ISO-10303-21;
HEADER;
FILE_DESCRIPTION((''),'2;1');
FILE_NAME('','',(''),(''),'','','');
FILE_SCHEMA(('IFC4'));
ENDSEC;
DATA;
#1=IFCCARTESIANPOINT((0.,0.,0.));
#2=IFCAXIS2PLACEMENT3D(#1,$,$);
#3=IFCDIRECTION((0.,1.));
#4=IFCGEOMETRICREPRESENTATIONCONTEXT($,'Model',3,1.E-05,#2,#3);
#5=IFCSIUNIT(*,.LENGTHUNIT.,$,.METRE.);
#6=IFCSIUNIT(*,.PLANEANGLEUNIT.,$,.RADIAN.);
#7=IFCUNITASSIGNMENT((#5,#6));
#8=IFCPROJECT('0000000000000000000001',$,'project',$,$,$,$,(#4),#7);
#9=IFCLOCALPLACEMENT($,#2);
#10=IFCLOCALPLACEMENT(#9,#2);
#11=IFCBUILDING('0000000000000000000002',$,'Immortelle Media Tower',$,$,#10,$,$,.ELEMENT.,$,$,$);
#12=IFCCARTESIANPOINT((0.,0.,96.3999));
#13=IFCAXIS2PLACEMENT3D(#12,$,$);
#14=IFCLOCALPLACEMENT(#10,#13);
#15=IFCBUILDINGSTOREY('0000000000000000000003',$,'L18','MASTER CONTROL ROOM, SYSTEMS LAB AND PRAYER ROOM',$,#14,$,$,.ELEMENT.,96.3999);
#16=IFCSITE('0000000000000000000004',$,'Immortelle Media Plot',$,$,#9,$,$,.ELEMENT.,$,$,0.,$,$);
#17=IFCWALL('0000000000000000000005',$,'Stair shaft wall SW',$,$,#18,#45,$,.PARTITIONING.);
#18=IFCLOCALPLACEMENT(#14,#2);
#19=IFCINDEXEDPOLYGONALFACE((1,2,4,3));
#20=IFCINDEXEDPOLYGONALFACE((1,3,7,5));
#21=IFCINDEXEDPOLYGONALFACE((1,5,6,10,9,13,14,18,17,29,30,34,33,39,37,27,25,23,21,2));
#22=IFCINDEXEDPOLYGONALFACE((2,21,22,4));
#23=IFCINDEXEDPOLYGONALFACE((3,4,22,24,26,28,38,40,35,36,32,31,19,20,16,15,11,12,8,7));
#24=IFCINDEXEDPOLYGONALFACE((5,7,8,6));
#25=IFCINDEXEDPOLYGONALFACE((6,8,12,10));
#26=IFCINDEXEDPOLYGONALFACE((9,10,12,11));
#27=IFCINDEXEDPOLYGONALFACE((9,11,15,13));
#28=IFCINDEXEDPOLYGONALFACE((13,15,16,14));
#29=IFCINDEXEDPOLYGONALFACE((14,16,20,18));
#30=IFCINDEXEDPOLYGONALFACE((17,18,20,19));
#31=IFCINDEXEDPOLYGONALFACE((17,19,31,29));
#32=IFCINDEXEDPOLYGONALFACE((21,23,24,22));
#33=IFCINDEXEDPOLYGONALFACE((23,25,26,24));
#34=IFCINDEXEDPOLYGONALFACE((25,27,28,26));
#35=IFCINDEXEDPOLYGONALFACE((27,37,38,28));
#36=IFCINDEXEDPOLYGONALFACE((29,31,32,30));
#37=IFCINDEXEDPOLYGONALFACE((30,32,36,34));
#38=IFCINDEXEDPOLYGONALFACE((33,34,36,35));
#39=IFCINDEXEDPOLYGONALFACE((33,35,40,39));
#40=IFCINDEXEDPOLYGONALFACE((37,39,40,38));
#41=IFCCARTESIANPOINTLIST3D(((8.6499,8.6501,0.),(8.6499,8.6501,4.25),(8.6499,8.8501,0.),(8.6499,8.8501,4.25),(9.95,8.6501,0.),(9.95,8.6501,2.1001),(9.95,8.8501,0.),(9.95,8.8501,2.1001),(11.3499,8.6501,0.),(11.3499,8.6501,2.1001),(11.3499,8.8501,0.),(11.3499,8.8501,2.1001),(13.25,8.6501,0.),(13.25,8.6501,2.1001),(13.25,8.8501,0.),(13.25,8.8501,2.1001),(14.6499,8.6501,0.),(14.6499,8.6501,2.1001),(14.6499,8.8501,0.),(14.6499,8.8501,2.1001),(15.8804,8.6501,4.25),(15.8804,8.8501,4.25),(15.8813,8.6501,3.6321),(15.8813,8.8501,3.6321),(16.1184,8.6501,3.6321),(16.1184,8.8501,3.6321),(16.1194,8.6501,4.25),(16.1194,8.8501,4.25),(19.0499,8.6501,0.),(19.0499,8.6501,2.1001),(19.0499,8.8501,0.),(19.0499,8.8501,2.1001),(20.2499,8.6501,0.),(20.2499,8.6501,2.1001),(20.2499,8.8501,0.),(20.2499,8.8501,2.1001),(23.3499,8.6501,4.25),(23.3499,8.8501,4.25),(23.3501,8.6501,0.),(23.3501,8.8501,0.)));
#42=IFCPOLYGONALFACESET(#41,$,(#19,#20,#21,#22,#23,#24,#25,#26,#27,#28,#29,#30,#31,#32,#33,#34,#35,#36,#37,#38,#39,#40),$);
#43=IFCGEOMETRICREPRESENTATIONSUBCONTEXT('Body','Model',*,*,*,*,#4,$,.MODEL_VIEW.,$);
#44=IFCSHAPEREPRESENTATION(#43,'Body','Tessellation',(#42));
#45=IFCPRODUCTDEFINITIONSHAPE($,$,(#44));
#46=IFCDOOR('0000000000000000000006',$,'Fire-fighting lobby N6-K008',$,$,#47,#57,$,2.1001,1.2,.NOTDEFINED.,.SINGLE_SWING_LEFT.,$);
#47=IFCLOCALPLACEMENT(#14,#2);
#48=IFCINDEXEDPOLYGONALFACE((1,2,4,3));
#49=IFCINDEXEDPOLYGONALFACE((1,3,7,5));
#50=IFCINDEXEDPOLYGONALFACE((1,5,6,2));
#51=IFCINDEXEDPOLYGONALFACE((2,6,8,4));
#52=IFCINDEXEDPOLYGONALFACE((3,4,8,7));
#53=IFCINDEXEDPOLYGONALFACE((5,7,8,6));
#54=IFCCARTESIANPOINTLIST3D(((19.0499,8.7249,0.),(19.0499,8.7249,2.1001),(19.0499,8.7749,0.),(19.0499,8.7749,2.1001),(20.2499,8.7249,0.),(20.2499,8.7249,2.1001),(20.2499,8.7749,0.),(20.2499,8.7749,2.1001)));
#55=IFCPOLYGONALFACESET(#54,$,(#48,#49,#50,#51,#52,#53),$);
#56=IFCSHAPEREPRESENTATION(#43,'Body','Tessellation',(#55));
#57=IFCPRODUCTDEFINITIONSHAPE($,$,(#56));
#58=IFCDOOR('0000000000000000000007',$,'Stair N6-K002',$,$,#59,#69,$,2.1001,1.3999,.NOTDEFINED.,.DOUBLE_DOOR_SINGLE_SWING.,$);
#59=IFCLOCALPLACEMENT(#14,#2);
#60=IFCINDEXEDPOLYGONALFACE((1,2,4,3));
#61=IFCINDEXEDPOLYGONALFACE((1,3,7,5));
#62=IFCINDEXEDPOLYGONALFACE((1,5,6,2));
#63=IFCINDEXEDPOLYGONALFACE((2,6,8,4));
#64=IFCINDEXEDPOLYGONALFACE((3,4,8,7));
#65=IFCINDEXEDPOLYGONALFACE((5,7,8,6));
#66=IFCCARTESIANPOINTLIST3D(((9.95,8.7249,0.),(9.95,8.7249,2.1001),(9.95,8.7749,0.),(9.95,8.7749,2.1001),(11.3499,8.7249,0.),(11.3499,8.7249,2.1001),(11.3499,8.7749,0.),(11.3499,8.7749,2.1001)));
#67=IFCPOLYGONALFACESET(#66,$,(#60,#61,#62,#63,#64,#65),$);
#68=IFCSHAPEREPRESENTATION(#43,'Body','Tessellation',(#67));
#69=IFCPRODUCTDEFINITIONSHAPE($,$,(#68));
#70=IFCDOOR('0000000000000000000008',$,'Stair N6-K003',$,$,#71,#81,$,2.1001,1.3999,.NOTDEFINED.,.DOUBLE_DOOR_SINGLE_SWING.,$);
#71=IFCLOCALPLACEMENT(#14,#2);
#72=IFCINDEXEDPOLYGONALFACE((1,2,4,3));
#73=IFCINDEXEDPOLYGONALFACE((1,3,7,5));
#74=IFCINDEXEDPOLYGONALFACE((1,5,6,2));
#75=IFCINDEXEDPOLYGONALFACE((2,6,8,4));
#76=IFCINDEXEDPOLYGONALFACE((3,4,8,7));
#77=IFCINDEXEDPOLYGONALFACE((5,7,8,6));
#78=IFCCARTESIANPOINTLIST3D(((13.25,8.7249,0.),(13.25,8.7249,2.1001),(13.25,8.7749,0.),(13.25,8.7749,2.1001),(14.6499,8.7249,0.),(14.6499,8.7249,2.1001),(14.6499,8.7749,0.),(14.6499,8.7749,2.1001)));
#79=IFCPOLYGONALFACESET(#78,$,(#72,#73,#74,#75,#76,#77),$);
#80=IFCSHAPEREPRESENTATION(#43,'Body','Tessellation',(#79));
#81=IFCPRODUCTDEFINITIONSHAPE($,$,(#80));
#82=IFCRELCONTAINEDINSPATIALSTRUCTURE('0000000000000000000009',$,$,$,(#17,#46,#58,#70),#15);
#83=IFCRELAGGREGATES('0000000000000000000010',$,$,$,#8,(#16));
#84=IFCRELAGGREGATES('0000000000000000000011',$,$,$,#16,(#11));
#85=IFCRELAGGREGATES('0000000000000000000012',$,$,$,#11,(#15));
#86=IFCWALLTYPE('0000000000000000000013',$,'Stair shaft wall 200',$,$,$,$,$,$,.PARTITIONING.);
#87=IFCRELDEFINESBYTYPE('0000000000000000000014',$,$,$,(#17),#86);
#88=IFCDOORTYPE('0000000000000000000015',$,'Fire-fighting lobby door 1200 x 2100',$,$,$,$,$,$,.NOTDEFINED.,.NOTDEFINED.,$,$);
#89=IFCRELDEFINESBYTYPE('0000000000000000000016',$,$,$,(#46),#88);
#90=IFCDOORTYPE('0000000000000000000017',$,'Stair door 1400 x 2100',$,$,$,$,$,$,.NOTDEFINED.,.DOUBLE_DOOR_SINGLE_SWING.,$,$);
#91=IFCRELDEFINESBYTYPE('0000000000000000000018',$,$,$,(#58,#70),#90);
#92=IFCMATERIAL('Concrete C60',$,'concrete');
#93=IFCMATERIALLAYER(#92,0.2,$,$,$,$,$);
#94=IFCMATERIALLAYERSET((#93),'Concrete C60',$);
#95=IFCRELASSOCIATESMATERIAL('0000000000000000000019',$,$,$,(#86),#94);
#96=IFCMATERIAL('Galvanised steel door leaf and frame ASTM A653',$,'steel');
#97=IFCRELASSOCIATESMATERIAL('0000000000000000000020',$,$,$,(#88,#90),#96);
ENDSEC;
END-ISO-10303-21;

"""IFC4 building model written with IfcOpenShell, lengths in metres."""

from ifc_helpers import new_model, si_unit, direction, frame, frame_2d, origin, place, context, subcontext, project, spatial, polyline, rectangle, outline, extrude, material, layer, layer_set, type_object, element, fill, save


model = new_model("IFC4")

# Units and contexts
model_context = context("Model", 3, precision=1e-05, world=origin(), true_north=direction((0.0, 1.0)))
body_context = subcontext(model_context, "Body", "Model", "MODEL_VIEW")
ifc_project = project(units=[si_unit("LENGTHUNIT", "METRE"), si_unit("PLANEANGLEUNIT", "RADIAN")], contexts=[model_context])

# Site, building, storey
site_placement = place(None, origin())
site = spatial("IfcSite", under=ifc_project, at=site_placement, Name="Immortelle Media Plot", CompositionType="ELEMENT", RefElevation=0.0)
building_placement = place(site_placement, origin())
building = spatial("IfcBuilding", under=site, at=building_placement, Name="Immortelle Media Tower", CompositionType="ELEMENT")
storey_placement = place(building_placement, frame((0.0, 0.0, 96.3999)))
storey = spatial("IfcBuildingStorey", under=building, at=storey_placement, Name="L18", Description="MASTER CONTROL ROOM, SYSTEMS LAB AND PRAYER ROOM", CompositionType="ELEMENT", Elevation=96.3999)

# Wall, openings, doors
ifc_material_1 = material(Name="Concrete C60", Category="concrete")
ifc_layer_1 = layer(ifc_material_1, 0.2)
ifc_layer_set_1 = layer_set([ifc_layer_1], Name="Concrete C60")
wall_type_1 = type_object("IfcWallType", Name="Stair shaft wall 200", PredefinedType="PARTITIONING", material=ifc_layer_set_1)
wall_1_placement = place(storey_placement, frame((8.6499, 8.75, 0.0), z_axis=(0.0, 0.0, 1.0), x_axis=(1.0, 0.0, 0.0)))
wall_1 = element("IfcWall", 1, at=wall_1_placement, inside=storey, type_object=wall_type_1, Name="Stair shaft wall SW", PredefinedType="PARTITIONING", context=body_context, shape_type="SweptSolid", body=[
    extrude(outline(polyline([(0.0, 0.0), (14.7002, 0.0), (14.7, 4.25), (7.4695, 4.25), (7.4685, 3.6321), (7.2314, 3.6321), (7.2305, 4.25), (0.0, 4.25), (0.0, 0.0)])), frame((0.0, 0.1001, 0.0), z_axis=(0.0, -1.0, 0.0), x_axis=(1.0, 0.0, 0.0)), (0.0, 0.0, 1.0), 0.2),
])
opening_1_placement = place(wall_1_placement, frame((1.3, 0.0, 0.0)))
opening_1 = element("IfcOpeningElement", 2, at=opening_1_placement, cuts=wall_1, PredefinedType="OPENING", context=body_context, shape_type="SweptSolid", body=[
    extrude(rectangle(XDim=1.3999, YDim=2.1001, at=frame_2d((0.7, 1.05))), frame((0.0, 0.1099, 0.0), z_axis=(0.0, -1.0, 0.0), x_axis=(1.0, 0.0, 0.0)), (0.0, 0.0, 1.0), 0.22),
])
opening_2_placement = place(wall_1_placement, frame((4.6001, 0.0, 0.0)))
opening_2 = element("IfcOpeningElement", 3, at=opening_2_placement, cuts=wall_1, PredefinedType="OPENING", context=body_context, shape_type="SweptSolid", body=[
    extrude(rectangle(XDim=1.3999, YDim=2.1001, at=frame_2d((0.7, 1.05))), frame((0.0, 0.1099, 0.0), z_axis=(0.0, -1.0, 0.0), x_axis=(1.0, 0.0, 0.0)), (0.0, 0.0, 1.0), 0.22),
])
opening_3_placement = place(wall_1_placement, frame((10.3999, 0.0, 0.0)))
opening_3 = element("IfcOpeningElement", 4, at=opening_3_placement, cuts=wall_1, PredefinedType="OPENING", context=body_context, shape_type="SweptSolid", body=[
    extrude(rectangle(XDim=1.2, YDim=2.1001, at=frame_2d((0.6001, 1.05))), frame((0.0, 0.1099, 0.0), z_axis=(0.0, -1.0, 0.0), x_axis=(1.0, 0.0, 0.0)), (0.0, 0.0, 1.0), 0.22),
])
ifc_material_2 = material(Name="Galvanised steel door leaf and frame ASTM A653", Category="steel")
door_type_1 = type_object("IfcDoorType", Name="Fire-fighting lobby door 1200 x 2100", OperationType="NOTDEFINED", PredefinedType="NOTDEFINED", material=ifc_material_2)
door_1_placement = place(opening_3_placement, origin())
door_1 = element("IfcDoor", 5, at=door_1_placement, inside=storey, type_object=door_type_1, Name="Fire-fighting lobby N6-K008", OperationType="SINGLE_SWING_LEFT", OverallHeight=2.1001, OverallWidth=1.2, PredefinedType="NOTDEFINED", context=body_context, shape_type="SweptSolid", body=[
    extrude(rectangle(XDim=1.2, YDim=2.1001, at=frame_2d((0.6001, 1.05))), frame((0.0, 0.0249, 0.0), z_axis=(0.0, -1.0, 0.0), x_axis=(1.0, 0.0, 0.0)), (0.0, 0.0, 1.0), 0.05),
])
fill(opening_3, door_1)
door_type_2 = type_object("IfcDoorType", Name="Stair door 1400 x 2100", OperationType="DOUBLE_DOOR_SINGLE_SWING", PredefinedType="NOTDEFINED", material=ifc_material_2)
door_2_placement = place(opening_1_placement, origin())
door_2 = element("IfcDoor", 6, at=door_2_placement, inside=storey, type_object=door_type_2, Name="Stair N6-K002", OperationType="DOUBLE_DOOR_SINGLE_SWING", OverallHeight=2.1001, OverallWidth=1.3999, PredefinedType="NOTDEFINED", context=body_context, shape_type="SweptSolid", body=[
    extrude(rectangle(XDim=1.3999, YDim=2.1001, at=frame_2d((0.7, 1.05))), frame((0.0, 0.0249, 0.0), z_axis=(0.0, -1.0, 0.0), x_axis=(1.0, 0.0, 0.0)), (0.0, 0.0, 1.0), 0.05),
])
fill(opening_1, door_2)
door_3_placement = place(opening_2_placement, origin())
door_3 = element("IfcDoor", 7, at=door_3_placement, inside=storey, type_object=door_type_2, Name="Stair N6-K003", OperationType="DOUBLE_DOOR_SINGLE_SWING", OverallHeight=2.1001, OverallWidth=1.3999, PredefinedType="NOTDEFINED", context=body_context, shape_type="SweptSolid", body=[
    extrude(rectangle(XDim=1.3999, YDim=2.1001, at=frame_2d((0.7, 1.05))), frame((0.0, 0.0249, 0.0), z_axis=(0.0, -1.0, 0.0), x_axis=(1.0, 0.0, 0.0)), (0.0, 0.0, 1.0), 0.05),
])
fill(opening_2, door_3)

save(model, "model.ifc")
